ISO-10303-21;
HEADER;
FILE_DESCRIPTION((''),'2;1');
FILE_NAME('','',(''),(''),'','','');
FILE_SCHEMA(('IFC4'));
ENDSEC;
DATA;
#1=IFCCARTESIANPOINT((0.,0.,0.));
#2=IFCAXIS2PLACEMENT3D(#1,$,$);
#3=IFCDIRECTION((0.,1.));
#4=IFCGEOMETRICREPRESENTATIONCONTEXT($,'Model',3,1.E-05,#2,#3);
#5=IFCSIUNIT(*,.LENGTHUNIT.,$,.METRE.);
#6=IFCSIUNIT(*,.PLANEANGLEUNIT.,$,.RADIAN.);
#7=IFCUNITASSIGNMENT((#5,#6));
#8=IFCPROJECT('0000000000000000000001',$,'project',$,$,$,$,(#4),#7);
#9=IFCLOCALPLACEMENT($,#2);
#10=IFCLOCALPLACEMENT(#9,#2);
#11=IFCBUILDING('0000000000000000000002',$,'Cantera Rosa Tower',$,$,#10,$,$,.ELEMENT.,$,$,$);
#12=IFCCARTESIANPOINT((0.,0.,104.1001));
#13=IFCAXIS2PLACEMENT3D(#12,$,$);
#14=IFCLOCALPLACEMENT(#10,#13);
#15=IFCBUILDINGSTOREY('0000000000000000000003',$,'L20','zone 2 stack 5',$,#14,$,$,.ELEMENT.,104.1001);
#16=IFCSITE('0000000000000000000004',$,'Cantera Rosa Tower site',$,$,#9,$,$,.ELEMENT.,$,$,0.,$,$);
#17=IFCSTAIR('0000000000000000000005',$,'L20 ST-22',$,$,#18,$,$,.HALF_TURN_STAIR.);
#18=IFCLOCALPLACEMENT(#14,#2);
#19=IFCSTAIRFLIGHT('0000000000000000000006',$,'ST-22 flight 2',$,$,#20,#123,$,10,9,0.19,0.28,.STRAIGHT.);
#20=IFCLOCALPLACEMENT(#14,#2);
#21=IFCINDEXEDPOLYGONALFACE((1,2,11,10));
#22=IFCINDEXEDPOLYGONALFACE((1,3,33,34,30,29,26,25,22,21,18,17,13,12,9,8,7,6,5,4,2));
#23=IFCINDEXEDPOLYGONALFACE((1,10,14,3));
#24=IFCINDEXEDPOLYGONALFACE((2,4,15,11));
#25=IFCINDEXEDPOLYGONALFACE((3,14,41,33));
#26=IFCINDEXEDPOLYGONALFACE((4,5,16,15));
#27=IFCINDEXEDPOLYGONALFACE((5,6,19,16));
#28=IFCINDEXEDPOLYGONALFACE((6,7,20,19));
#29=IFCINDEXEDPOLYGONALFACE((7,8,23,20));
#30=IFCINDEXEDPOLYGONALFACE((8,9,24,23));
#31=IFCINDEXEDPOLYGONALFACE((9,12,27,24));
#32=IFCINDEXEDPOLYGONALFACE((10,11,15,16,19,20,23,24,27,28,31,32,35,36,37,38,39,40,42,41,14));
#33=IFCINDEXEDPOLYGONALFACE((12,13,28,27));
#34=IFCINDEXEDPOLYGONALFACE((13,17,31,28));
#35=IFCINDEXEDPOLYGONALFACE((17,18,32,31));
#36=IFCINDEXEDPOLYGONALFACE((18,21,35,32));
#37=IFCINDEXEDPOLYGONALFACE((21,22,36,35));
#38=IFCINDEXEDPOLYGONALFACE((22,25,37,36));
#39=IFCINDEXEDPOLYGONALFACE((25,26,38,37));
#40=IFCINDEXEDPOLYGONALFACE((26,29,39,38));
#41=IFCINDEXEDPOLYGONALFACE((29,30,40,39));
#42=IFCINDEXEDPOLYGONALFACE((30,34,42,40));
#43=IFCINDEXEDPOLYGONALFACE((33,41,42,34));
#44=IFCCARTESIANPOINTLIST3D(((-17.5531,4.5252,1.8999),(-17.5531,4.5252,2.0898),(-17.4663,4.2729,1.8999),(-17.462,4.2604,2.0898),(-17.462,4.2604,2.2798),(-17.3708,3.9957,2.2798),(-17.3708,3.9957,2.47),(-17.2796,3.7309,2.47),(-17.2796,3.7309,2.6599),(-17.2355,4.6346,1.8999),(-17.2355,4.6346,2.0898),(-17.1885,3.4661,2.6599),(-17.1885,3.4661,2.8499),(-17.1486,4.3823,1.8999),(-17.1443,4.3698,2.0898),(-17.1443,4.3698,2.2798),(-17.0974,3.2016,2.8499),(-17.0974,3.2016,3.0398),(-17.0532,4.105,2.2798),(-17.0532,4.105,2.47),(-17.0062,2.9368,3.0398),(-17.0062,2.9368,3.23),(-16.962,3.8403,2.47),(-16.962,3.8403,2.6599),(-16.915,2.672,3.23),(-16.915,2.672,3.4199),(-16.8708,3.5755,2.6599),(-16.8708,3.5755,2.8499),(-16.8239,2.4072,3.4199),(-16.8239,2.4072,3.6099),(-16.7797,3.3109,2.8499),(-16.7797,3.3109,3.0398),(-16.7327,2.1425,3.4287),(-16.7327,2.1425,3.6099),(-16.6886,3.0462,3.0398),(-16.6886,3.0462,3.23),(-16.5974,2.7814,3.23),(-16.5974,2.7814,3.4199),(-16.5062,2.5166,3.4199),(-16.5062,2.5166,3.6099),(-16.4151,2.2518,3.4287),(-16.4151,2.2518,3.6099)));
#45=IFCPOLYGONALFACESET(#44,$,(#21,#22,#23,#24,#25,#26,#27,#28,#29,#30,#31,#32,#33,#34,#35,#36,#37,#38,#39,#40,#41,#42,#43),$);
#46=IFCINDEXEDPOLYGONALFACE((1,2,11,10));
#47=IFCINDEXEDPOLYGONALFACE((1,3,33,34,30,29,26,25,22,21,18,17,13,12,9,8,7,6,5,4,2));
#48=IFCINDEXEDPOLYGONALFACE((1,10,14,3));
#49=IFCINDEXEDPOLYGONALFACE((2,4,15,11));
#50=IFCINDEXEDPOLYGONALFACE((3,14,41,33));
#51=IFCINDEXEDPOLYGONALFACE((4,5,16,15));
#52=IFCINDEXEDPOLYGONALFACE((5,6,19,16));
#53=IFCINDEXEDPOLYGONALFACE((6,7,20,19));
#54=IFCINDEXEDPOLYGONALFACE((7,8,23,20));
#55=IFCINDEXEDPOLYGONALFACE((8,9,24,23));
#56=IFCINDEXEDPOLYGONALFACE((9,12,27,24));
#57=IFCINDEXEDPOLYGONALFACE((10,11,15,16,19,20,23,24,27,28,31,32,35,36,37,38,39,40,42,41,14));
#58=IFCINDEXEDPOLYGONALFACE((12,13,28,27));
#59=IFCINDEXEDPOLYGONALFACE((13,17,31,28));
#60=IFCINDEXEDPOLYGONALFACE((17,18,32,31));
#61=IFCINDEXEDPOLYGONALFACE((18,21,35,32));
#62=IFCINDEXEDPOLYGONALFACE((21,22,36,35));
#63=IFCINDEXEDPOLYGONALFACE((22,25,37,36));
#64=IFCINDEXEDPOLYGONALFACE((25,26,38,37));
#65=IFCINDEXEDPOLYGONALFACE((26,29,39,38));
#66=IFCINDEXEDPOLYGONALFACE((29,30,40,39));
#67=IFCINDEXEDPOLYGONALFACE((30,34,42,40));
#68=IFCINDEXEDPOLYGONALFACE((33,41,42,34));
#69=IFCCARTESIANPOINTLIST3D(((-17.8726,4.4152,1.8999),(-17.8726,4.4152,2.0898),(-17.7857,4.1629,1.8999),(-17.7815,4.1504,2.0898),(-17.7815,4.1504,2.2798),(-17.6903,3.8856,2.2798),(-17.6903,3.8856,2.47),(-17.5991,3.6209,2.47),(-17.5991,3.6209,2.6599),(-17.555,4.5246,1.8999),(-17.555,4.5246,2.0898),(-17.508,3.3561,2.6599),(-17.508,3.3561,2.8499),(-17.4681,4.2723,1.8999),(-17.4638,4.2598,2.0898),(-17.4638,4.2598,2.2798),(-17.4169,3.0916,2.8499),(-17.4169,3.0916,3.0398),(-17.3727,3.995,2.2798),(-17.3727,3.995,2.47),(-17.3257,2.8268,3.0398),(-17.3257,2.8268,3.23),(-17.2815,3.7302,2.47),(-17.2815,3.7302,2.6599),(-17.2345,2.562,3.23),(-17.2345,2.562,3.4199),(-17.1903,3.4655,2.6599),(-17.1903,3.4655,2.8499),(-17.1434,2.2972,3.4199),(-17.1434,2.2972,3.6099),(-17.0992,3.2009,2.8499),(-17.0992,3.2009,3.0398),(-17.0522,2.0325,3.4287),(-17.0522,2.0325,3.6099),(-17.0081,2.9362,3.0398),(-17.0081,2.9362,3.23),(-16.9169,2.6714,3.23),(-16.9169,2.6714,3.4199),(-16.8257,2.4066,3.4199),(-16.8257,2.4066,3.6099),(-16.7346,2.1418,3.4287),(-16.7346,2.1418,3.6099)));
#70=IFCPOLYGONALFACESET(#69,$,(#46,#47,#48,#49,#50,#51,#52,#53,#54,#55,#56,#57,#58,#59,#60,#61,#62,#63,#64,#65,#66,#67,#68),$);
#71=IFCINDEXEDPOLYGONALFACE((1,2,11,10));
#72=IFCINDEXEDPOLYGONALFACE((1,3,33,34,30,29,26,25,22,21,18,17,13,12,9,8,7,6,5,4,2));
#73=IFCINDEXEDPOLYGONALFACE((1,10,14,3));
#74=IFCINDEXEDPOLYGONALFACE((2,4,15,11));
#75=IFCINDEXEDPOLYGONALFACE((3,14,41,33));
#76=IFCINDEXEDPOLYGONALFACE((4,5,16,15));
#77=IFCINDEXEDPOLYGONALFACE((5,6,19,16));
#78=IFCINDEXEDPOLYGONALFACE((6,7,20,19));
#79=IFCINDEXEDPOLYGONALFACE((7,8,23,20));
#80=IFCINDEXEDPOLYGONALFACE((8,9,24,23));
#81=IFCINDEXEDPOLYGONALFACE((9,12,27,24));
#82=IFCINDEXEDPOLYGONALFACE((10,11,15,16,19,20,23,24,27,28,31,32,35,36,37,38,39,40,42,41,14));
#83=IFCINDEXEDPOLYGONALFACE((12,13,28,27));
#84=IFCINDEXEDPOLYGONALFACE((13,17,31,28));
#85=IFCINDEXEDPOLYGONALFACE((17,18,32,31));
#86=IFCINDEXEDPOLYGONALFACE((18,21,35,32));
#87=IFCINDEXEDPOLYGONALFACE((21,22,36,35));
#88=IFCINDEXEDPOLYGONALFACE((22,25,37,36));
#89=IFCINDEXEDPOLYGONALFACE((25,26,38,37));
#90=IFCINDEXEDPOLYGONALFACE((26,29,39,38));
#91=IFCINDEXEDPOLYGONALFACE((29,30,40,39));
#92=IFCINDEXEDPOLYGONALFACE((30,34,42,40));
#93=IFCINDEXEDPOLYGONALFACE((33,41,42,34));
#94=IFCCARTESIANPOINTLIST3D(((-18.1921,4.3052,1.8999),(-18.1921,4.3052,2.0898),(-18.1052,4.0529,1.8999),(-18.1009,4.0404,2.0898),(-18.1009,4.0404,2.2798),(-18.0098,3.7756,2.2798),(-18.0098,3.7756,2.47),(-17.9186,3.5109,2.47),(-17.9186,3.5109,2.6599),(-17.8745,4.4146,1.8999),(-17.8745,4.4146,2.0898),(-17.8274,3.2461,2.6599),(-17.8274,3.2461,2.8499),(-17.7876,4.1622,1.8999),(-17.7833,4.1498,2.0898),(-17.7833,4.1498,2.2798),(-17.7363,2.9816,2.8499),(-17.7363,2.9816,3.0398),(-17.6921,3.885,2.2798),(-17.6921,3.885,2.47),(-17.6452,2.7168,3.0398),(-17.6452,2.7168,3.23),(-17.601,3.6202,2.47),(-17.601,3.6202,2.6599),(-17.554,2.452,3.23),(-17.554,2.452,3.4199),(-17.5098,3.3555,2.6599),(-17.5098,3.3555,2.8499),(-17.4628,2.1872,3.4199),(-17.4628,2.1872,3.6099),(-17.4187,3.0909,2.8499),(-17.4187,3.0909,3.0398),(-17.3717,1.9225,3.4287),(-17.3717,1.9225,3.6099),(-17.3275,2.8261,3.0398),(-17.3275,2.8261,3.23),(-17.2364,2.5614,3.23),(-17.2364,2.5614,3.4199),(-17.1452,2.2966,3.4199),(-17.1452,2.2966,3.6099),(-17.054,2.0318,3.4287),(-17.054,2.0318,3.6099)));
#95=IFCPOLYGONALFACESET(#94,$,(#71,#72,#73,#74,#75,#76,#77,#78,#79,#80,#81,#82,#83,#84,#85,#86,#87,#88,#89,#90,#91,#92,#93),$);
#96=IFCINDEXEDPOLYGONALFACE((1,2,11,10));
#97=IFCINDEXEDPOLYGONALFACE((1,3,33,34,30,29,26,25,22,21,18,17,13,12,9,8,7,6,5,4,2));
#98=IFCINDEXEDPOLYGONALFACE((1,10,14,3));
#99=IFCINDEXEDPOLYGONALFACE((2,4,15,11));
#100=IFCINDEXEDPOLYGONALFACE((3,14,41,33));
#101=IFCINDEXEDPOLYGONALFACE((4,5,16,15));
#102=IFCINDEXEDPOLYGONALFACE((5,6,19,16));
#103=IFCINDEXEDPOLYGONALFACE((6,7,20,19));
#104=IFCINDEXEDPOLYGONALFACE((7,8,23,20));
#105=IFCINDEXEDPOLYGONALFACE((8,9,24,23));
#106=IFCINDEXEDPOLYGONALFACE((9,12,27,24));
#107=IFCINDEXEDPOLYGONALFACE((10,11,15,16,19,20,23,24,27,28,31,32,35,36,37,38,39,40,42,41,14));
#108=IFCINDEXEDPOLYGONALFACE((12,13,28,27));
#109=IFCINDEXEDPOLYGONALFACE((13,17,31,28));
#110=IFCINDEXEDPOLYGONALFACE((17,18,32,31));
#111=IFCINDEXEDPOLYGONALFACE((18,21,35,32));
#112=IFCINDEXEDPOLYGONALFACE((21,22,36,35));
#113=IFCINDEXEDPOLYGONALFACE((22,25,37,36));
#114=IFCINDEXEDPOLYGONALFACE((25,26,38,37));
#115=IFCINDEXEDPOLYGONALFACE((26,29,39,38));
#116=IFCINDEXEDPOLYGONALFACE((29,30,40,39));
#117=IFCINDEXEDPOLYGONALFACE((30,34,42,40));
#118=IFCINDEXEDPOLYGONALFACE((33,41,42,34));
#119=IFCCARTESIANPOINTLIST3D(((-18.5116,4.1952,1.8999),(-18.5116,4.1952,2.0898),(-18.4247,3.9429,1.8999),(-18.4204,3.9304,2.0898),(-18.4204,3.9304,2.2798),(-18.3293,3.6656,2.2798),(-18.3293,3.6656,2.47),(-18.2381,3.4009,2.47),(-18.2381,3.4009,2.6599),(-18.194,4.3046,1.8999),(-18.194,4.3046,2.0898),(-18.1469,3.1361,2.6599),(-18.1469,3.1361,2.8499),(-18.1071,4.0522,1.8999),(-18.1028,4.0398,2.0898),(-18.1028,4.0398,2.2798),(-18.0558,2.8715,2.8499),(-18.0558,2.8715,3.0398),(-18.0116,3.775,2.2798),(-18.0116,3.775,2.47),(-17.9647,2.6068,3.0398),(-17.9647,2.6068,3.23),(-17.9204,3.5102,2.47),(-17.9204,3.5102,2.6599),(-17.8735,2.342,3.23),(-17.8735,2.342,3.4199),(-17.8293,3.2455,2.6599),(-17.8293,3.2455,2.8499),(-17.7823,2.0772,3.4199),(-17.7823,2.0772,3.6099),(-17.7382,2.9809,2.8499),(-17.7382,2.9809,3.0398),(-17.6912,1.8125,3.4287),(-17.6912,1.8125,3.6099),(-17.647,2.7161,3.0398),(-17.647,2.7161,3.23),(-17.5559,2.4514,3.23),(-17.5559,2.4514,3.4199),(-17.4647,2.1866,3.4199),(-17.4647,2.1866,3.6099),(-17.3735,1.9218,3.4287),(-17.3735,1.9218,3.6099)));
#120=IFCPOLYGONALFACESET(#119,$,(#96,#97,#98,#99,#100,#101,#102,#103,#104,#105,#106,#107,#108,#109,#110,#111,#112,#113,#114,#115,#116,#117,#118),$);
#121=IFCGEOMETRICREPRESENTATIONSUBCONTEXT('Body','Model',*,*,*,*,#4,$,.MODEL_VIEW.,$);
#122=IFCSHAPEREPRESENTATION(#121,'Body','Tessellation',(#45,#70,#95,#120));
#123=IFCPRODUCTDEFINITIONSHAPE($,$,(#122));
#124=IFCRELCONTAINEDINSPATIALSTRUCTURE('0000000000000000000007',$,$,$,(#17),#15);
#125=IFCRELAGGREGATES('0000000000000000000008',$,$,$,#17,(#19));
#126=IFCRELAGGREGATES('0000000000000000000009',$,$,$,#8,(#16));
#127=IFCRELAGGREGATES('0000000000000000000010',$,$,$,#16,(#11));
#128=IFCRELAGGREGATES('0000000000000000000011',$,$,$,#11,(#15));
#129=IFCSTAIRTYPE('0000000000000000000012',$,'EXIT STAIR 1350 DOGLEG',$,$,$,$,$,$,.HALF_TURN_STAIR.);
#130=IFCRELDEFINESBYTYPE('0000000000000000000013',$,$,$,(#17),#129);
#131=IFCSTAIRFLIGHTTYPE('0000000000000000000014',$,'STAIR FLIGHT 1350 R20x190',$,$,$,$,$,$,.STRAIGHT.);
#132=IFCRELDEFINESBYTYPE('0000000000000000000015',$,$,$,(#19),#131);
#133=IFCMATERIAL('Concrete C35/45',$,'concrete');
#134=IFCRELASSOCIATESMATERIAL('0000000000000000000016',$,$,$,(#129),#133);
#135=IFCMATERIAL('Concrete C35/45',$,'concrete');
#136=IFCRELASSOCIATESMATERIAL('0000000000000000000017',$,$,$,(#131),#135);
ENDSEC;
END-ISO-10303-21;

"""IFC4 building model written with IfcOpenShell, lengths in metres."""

from ifc_helpers import new_model, si_unit, direction, frame, origin, place, context, subcontext, project, spatial, polyline, outline, extrude, material, type_object, element, aggregate, save


model = new_model("IFC4")

# Units and contexts
model_context = context("Model", 3, precision=1e-05, world=origin(), true_north=direction((0.0, 1.0)))
body_context = subcontext(model_context, "Body", "Model", "MODEL_VIEW")
ifc_project = project(units=[si_unit("LENGTHUNIT", "METRE"), si_unit("PLANEANGLEUNIT", "RADIAN")], contexts=[model_context])

# Site, building, storey
site_placement = place(None, origin())
site = spatial("IfcSite", under=ifc_project, at=site_placement, Name="Cantera Rosa Tower site", CompositionType="ELEMENT", RefElevation=0.0)
building_placement = place(site_placement, origin())
building = spatial("IfcBuilding", under=site, at=building_placement, Name="Cantera Rosa Tower", CompositionType="ELEMENT")
storey_placement = place(building_placement, frame((0.0, 0.0, 104.1001)))
storey = spatial("IfcBuildingStorey", under=building, at=storey_placement, Name="L20", Description="zone 2 stack 5", CompositionType="ELEMENT", Elevation=104.1001)

# Stair, stair flight
ifc_material_1 = material(Name="Concrete C35/45", Category="concrete")
stair_type = type_object("IfcStairType", Name="EXIT STAIR 1350 DOGLEG", PredefinedType="HALF_TURN_STAIR", material=ifc_material_1)
stair_placement = place(storey_placement, origin())
stair = element("IfcStair", 1, at=stair_placement, inside=storey, type_object=stair_type, Name="L20 ST-22", PredefinedType="HALF_TURN_STAIR")
ifc_material_2 = material(Name="Concrete C35/45", Category="concrete")
stair_flight_type = type_object("IfcStairFlightType", Name="STAIR FLIGHT 1350 R20x190", PredefinedType="STRAIGHT", material=ifc_material_2)
stair_flight_1_placement = place(storey_placement, frame((-17.8738, 4.4148, 1.8999), z_axis=(0.0, 0.0, 1.0), x_axis=(0.325568, -0.945519, 0.0)))
stair_flight_1 = element("IfcStairFlight", 2, at=stair_flight_1_placement, type_object=stair_flight_type, Name="ST-22 flight 2", NumberOfRisers=10, NumberOfTreads=9, PredefinedType="STRAIGHT", RiserHeight=0.19, TreadLength=0.28, context=body_context, shape_type="SweptSolid", body=[
    extrude(outline(polyline([(0.0, 0.0), (0.0, 0.1899), (0.28, 0.1899), (0.28, 0.3799), (0.5601, 0.3799), (0.5601, 0.5701), (0.8401, 0.5701), (0.8401, 0.76), (1.1201, 0.76), (1.1201, 0.95), (1.3999, 0.95), (1.3999, 1.1399), (1.6799, 1.1399), (1.6799, 1.3301), (1.96, 1.3301), (1.96, 1.52), (2.24, 1.52), (2.24, 1.71), (2.52, 1.71), (2.52, 1.8999), (2.52, 1.5288), (0.2668, 0.0), (0.0, 0.0)])), frame((0.0, 0.675, 0.0), z_axis=(0.0, -1.0, 0.0), x_axis=(1.0, 0.0, 0.0)), (0.0, 0.0, 1.0), 0.3359),
    extrude(outline(polyline([(0.0, 0.0), (0.0, 0.1899), (0.28, 0.1899), (0.28, 0.3799), (0.5601, 0.3799), (0.5601, 0.5701), (0.8401, 0.5701), (0.8401, 0.76), (1.1201, 0.76), (1.1201, 0.95), (1.3999, 0.95), (1.3999, 1.1399), (1.6799, 1.1399), (1.6799, 1.3301), (1.96, 1.3301), (1.96, 1.52), (2.24, 1.52), (2.24, 1.71), (2.52, 1.71), (2.52, 1.8999), (2.52, 1.5288), (0.2668, 0.0), (0.0, 0.0)])), frame((0.0, 0.3372, 0.0), z_axis=(0.0, -1.0, 0.0), x_axis=(1.0, 0.0, 0.0)), (0.0, 0.0, 1.0), 0.3359),
    extrude(outline(polyline([(0.0, 0.0), (0.0, 0.1899), (0.28, 0.1899), (0.28, 0.3799), (0.5601, 0.3799), (0.5601, 0.5701), (0.8401, 0.5701), (0.8401, 0.76), (1.1201, 0.76), (1.1201, 0.95), (1.3999, 0.95), (1.3999, 1.1399), (1.6799, 1.1399), (1.6799, 1.3301), (1.96, 1.3301), (1.96, 1.52), (2.24, 1.52), (2.24, 1.71), (2.52, 1.71), (2.52, 1.8999), (2.52, 1.5288), (0.2668, 0.0), (0.0, 0.0)])), frame((0.0, -0.0007, 0.0), z_axis=(0.0, -1.0, 0.0), x_axis=(1.0, 0.0, 0.0)), (0.0, 0.0, 1.0), 0.3359),
    extrude(outline(polyline([(0.0, 0.0), (0.0, 0.1899), (0.28, 0.1899), (0.28, 0.3799), (0.5601, 0.3799), (0.5601, 0.5701), (0.8401, 0.5701), (0.8401, 0.76), (1.1201, 0.76), (1.1201, 0.95), (1.3999, 0.95), (1.3999, 1.1399), (1.6799, 1.1399), (1.6799, 1.3301), (1.96, 1.3301), (1.96, 1.52), (2.24, 1.52), (2.24, 1.71), (2.52, 1.71), (2.52, 1.8999), (2.52, 1.5288), (0.2668, 0.0), (0.0, 0.0)])), frame((0.0, -0.3386, 0.0), z_axis=(0.0, -1.0, 0.0), x_axis=(1.0, 0.0, 0.0)), (0.0, 0.0, 1.0), 0.3359),
])
aggregate(stair, [stair_flight_1])

save(model, "model.ifc")
